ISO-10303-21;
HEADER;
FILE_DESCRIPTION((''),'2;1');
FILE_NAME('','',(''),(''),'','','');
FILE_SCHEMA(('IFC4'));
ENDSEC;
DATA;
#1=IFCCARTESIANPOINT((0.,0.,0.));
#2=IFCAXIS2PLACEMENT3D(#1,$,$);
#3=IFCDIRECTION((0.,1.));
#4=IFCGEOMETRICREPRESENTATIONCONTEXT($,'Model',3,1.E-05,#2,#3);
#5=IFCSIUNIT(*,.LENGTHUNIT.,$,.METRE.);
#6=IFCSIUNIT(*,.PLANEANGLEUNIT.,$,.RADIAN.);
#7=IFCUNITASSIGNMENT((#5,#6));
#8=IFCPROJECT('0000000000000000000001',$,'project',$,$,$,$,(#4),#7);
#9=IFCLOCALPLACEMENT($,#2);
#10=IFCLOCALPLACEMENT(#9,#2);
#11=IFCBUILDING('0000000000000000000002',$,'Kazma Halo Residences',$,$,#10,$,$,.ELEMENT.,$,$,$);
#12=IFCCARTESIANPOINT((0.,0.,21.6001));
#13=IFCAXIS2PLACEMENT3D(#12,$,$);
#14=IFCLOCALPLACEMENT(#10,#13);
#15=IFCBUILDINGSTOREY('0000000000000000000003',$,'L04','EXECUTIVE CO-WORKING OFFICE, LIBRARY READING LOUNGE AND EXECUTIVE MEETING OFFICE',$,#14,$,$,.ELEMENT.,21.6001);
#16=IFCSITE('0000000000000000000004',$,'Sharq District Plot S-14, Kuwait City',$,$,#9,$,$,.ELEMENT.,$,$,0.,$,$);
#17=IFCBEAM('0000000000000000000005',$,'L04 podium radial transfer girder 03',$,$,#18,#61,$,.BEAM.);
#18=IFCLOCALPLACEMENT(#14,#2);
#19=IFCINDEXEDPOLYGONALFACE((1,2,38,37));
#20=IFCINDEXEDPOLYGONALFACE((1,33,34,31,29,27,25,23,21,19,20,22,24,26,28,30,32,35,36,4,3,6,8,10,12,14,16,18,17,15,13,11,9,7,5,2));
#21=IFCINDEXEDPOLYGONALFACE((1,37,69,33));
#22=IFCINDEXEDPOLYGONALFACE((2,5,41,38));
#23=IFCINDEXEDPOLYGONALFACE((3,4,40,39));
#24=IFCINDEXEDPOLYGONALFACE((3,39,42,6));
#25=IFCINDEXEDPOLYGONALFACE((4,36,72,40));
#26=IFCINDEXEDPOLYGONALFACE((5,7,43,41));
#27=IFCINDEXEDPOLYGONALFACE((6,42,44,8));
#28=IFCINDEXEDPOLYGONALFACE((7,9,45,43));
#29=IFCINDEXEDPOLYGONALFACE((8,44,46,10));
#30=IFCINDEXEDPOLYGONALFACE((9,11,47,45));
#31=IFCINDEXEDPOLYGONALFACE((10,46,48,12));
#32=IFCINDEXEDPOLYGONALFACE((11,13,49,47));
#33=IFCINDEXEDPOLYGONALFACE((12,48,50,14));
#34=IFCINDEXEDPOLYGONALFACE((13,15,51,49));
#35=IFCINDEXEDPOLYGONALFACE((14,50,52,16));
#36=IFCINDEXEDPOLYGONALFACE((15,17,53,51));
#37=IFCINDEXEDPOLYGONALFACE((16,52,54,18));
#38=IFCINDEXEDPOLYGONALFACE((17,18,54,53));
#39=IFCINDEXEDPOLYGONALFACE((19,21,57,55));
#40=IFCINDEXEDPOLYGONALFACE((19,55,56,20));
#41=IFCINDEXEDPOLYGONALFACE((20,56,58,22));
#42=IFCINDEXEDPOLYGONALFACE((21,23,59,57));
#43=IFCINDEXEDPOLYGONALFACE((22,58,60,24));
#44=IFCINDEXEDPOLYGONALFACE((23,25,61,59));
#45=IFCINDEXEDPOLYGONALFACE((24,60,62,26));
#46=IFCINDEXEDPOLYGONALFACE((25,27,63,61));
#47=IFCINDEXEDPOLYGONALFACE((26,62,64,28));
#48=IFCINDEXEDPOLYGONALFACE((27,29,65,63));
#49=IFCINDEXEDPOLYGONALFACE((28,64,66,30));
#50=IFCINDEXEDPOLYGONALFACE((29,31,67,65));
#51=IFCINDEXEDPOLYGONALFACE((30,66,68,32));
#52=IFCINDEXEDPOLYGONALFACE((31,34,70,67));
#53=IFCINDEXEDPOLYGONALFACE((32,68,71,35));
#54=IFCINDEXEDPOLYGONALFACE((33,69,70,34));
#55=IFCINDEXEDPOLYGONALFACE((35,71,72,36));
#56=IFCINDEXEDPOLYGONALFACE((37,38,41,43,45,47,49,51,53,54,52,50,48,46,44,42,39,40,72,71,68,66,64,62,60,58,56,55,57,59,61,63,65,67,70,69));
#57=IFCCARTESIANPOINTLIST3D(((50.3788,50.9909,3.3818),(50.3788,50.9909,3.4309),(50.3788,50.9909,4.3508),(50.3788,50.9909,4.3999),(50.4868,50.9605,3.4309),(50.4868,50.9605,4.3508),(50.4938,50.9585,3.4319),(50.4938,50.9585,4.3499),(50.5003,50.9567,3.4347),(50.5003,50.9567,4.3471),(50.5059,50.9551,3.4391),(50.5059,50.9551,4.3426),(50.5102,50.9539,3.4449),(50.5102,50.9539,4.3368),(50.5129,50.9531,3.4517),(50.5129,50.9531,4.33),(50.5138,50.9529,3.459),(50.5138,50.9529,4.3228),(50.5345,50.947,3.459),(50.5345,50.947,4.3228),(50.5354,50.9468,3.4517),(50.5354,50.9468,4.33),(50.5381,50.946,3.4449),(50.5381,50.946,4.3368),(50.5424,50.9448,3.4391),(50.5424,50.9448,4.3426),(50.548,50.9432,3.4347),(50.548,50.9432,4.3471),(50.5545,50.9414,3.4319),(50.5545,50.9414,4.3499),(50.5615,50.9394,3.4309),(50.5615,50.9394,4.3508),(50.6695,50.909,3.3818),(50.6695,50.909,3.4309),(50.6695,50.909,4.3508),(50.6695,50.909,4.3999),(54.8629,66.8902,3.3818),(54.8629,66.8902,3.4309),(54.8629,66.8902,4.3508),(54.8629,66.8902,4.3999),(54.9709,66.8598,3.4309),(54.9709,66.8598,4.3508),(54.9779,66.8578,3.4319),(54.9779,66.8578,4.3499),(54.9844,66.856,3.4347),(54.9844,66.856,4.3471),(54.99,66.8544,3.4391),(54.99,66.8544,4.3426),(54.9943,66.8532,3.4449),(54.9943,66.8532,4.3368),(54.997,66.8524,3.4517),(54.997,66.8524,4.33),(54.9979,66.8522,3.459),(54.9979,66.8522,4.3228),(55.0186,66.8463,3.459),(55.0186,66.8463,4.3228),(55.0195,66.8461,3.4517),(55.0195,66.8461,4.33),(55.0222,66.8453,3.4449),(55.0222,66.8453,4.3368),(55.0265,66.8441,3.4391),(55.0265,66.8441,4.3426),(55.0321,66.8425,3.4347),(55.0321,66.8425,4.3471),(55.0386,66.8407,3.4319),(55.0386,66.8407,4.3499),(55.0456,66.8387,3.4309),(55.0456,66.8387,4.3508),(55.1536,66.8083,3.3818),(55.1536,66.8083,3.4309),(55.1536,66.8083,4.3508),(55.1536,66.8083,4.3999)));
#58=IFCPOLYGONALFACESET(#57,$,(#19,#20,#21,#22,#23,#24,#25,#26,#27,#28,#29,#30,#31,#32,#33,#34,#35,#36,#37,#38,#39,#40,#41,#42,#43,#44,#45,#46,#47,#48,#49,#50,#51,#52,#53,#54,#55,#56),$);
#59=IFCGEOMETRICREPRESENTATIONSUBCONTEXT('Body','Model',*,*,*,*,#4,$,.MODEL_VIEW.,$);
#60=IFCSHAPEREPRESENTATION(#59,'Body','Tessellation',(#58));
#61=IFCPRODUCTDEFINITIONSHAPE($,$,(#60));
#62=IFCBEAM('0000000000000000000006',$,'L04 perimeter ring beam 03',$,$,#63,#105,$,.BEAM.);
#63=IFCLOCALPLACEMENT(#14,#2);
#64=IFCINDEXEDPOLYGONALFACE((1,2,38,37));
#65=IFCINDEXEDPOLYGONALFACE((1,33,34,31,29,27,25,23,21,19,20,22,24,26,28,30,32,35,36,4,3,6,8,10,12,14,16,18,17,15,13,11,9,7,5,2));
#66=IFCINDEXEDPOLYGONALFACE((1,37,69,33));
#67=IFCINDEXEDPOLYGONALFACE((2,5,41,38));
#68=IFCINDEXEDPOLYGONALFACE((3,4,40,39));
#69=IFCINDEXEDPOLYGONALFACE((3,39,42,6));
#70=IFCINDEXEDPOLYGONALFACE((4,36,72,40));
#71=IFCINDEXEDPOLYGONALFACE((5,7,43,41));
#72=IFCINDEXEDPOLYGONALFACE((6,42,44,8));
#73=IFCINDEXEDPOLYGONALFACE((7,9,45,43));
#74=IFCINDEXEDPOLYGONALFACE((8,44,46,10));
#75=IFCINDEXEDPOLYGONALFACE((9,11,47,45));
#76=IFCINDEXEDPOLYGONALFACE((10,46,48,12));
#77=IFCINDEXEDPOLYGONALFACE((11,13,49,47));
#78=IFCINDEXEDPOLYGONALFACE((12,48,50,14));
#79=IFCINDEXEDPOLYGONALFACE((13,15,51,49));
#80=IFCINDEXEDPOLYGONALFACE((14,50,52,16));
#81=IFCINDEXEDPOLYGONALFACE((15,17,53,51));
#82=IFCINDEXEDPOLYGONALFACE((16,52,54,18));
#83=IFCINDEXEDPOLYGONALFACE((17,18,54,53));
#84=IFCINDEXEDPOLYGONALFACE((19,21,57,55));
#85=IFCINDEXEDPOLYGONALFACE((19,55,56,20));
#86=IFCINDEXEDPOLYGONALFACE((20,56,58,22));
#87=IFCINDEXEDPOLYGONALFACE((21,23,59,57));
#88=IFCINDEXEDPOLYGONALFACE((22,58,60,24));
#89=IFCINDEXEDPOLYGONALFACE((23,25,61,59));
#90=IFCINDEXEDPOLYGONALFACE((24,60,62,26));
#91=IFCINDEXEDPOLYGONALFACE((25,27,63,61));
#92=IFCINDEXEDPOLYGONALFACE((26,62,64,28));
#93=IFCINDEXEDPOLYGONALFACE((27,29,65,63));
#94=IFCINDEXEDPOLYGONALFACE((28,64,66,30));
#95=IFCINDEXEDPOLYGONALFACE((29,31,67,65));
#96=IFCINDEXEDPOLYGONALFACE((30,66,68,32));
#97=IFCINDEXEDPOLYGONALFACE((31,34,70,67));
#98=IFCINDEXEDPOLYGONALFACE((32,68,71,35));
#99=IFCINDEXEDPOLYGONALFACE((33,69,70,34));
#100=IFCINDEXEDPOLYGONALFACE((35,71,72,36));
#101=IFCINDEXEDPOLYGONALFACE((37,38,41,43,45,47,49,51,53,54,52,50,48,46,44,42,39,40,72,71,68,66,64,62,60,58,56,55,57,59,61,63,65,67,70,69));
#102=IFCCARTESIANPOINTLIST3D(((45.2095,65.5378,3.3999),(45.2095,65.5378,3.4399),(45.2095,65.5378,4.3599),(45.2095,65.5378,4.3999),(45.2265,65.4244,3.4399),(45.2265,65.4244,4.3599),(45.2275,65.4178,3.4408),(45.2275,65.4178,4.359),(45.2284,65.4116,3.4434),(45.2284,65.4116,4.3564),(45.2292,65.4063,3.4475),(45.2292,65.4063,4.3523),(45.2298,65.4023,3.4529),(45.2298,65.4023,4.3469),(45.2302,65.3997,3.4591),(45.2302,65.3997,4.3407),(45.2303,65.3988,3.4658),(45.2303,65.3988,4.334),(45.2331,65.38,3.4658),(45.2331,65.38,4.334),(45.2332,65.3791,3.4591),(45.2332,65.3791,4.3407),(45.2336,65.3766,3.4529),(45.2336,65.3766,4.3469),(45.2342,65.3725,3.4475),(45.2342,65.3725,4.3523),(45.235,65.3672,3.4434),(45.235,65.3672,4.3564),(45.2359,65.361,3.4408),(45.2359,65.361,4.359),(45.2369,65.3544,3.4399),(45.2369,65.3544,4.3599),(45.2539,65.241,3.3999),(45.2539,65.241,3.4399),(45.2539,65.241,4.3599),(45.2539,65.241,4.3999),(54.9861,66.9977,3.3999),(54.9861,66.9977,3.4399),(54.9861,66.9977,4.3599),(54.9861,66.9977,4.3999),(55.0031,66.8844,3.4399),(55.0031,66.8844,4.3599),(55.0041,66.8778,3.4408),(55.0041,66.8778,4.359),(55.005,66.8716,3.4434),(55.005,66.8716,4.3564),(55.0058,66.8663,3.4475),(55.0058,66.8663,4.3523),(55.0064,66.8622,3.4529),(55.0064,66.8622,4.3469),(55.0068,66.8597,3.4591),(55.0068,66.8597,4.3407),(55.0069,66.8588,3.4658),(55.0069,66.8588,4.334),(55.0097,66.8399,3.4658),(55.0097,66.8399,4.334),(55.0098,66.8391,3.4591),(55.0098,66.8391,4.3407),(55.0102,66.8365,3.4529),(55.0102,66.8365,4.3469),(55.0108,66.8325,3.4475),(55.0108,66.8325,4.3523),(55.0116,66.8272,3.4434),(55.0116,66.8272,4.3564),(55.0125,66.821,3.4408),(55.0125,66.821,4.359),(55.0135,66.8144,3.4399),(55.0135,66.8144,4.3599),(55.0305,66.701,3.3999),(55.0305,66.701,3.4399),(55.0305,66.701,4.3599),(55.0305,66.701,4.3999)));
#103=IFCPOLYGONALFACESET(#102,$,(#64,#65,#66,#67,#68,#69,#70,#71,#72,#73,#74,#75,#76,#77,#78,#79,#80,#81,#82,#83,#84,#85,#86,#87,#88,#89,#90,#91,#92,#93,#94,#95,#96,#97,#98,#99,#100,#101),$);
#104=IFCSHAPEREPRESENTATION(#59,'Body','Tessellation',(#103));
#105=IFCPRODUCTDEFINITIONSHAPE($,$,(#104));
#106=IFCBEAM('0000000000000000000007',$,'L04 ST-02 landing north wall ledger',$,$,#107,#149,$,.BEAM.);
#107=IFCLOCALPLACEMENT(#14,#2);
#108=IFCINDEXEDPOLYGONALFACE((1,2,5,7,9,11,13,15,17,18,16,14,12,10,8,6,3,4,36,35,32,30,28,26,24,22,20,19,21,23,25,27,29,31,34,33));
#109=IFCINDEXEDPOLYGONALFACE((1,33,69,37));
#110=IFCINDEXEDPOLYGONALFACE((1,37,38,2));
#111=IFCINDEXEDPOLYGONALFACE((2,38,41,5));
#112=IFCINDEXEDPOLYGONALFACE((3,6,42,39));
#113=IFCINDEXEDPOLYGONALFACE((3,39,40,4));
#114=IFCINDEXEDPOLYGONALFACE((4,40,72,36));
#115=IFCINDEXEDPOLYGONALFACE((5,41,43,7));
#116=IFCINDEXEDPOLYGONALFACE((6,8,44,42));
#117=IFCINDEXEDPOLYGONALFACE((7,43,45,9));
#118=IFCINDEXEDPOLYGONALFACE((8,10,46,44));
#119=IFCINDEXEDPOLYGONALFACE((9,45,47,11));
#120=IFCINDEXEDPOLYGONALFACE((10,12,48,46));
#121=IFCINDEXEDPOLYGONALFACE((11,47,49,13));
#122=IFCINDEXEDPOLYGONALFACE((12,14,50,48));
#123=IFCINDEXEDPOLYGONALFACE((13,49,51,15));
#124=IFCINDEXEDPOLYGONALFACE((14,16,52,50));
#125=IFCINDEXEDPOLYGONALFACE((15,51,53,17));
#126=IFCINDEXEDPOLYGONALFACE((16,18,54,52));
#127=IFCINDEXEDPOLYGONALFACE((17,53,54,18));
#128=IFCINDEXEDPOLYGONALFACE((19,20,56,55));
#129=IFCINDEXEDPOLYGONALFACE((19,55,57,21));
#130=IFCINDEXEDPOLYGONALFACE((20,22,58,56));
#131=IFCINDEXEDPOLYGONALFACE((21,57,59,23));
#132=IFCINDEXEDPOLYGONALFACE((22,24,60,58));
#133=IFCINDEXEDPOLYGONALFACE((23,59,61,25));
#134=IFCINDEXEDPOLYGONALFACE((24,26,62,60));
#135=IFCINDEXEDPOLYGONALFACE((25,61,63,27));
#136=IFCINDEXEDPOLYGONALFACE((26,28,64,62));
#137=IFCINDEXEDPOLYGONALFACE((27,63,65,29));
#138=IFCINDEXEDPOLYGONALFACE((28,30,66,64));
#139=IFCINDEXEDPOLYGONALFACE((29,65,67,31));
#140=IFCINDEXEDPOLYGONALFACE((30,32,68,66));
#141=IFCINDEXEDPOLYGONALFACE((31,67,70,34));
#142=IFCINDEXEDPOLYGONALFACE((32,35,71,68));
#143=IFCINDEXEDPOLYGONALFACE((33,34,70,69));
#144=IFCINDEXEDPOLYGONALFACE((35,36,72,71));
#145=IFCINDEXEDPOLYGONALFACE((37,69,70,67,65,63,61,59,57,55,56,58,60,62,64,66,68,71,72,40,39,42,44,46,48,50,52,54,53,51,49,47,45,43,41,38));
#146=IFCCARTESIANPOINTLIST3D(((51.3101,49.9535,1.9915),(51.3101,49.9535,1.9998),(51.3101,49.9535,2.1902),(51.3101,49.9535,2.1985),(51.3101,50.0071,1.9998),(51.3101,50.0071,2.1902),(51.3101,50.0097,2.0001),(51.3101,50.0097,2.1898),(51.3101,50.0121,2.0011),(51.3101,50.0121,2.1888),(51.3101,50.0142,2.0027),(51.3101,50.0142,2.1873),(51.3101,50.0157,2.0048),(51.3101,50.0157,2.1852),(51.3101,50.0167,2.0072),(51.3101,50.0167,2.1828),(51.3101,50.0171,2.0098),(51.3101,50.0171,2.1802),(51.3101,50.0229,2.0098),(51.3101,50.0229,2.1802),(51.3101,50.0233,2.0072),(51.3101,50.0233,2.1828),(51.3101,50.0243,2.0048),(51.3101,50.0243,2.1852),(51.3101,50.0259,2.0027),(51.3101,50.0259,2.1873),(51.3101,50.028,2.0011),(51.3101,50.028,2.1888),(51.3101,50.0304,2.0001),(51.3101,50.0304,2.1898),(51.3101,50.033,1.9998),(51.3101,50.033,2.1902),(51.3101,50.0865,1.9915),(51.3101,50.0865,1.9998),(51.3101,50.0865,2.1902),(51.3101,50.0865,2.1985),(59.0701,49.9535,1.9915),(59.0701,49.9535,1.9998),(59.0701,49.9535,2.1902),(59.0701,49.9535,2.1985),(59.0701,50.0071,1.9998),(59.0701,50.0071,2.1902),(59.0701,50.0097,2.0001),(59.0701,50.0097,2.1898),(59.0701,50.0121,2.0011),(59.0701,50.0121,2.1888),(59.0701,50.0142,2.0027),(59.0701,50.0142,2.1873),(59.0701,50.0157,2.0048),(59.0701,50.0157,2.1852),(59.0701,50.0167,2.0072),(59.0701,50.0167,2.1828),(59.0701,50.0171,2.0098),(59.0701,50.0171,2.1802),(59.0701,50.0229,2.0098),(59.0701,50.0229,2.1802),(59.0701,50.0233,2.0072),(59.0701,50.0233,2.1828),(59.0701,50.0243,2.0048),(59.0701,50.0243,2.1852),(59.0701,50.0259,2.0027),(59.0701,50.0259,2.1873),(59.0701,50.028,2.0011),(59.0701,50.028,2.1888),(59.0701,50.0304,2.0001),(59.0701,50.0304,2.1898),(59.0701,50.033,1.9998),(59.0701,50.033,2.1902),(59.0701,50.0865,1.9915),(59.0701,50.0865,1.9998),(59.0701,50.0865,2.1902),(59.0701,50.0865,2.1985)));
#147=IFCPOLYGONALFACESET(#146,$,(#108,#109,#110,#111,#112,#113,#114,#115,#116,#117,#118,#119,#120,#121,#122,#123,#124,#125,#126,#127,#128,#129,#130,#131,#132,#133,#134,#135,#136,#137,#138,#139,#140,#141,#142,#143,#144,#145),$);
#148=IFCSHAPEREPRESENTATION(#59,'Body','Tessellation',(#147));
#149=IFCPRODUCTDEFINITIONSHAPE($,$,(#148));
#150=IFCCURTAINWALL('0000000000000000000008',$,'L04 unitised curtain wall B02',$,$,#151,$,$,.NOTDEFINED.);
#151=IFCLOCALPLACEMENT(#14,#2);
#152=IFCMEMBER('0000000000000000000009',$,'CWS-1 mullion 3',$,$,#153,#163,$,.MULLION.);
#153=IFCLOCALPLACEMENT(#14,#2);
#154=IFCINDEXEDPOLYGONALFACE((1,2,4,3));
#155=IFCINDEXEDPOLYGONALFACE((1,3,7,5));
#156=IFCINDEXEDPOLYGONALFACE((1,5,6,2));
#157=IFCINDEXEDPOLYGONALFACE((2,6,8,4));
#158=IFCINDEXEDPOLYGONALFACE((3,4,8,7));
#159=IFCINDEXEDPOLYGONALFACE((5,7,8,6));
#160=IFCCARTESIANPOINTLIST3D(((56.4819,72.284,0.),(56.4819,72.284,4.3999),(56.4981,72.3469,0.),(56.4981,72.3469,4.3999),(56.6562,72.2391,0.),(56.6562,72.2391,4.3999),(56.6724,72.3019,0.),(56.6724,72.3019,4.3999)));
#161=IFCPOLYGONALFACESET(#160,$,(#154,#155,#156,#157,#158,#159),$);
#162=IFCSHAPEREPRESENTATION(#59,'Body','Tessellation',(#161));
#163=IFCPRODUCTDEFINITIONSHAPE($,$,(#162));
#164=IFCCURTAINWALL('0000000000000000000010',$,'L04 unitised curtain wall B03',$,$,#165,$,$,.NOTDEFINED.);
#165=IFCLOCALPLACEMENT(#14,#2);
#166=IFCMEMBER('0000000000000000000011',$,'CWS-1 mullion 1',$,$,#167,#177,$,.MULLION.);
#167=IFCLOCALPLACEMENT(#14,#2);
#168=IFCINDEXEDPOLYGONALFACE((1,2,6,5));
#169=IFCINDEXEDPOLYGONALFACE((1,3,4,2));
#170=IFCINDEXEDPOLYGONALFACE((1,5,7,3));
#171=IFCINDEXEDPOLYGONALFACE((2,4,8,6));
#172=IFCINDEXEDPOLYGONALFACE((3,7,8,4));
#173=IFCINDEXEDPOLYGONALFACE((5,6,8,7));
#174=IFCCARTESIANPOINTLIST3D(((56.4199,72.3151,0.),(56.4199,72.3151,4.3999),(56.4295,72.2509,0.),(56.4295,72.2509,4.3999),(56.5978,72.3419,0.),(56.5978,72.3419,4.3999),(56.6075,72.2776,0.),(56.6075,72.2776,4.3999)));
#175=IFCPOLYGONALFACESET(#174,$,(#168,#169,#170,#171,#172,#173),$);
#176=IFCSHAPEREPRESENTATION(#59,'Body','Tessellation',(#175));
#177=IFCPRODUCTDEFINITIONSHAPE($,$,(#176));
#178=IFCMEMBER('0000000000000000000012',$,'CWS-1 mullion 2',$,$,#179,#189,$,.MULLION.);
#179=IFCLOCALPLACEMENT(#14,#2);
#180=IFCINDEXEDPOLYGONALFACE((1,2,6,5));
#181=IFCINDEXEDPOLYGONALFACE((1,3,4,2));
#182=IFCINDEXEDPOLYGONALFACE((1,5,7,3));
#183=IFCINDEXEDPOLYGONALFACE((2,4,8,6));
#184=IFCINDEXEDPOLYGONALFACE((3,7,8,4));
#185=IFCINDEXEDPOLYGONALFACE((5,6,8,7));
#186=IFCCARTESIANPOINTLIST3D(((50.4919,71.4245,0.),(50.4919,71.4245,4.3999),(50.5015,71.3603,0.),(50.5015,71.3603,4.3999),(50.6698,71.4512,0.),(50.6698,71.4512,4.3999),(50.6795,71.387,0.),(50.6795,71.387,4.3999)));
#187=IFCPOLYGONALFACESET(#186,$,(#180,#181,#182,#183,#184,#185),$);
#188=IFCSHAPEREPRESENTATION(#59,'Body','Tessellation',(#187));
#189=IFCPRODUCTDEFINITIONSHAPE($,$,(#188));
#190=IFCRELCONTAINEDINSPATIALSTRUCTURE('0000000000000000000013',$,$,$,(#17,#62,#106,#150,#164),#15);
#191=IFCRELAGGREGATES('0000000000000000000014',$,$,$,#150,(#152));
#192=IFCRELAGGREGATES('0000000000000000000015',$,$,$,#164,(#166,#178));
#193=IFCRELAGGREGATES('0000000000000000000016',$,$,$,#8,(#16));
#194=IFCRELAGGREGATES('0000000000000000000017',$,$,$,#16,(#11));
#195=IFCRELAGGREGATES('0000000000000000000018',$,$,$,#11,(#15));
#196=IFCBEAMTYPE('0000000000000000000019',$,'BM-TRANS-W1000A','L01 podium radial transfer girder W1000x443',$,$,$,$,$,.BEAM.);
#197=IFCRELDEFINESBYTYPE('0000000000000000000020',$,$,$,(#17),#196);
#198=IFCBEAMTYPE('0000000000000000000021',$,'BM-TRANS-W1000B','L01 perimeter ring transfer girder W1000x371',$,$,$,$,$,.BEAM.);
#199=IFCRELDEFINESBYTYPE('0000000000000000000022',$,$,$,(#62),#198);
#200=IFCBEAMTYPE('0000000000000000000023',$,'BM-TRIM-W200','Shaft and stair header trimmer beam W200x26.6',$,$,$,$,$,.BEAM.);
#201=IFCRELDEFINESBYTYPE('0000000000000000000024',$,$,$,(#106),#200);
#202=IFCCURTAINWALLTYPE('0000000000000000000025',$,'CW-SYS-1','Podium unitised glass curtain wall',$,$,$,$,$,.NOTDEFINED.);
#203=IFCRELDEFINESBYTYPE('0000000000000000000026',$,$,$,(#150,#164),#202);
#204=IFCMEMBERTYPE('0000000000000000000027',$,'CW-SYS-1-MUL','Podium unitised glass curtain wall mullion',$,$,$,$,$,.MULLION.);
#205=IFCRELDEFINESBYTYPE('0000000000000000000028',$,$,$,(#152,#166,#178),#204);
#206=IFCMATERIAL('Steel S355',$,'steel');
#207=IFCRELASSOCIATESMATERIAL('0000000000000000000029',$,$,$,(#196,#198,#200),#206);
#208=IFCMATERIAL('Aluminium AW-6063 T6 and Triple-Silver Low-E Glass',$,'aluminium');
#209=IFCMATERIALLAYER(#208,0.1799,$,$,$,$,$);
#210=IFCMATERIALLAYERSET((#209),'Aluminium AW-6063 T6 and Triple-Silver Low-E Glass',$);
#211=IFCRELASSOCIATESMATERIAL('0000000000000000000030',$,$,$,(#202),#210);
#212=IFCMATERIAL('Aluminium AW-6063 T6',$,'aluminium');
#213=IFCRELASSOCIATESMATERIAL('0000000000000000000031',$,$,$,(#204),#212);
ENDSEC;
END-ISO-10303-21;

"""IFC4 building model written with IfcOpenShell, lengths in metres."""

from ifc_helpers import new_model, si_unit, direction, frame, origin, origin_2d, place, context, subcontext, project, spatial, rectangle, i_section, extrude, material, layer, layer_set, material_profile, profile_set, type_object, element, aggregate, save


model = new_model("IFC4")

# Units and contexts
model_context = context("Model", 3, precision=1e-05, world=origin(), true_north=direction((0.0, 1.0)))
body_context = subcontext(model_context, "Body", "Model", "MODEL_VIEW")
ifc_project = project(units=[si_unit("LENGTHUNIT", "METRE"), si_unit("PLANEANGLEUNIT", "RADIAN")], contexts=[model_context])

# Site, building, storey
site_placement = place(None, origin())
site = spatial("IfcSite", under=ifc_project, at=site_placement, Name="Sharq District Plot S-14, Kuwait City", CompositionType="ELEMENT", RefElevation=0.0)
building_placement = place(site_placement, origin())
building = spatial("IfcBuilding", under=site, at=building_placement, Name="Kazma Halo Residences", CompositionType="ELEMENT")
storey_placement = place(building_placement, frame((0.0, 0.0, 21.6001)))
storey = spatial("IfcBuildingStorey", under=building, at=storey_placement, Name="L04", Description="EXECUTIVE CO-WORKING OFFICE, LIBRARY READING LOUNGE AND EXECUTIVE MEETING OFFICE", CompositionType="ELEMENT", Elevation=21.6001)

# Beams
ifc_material_1 = material(Name="Steel S355", Category="steel")
ifc_material_profile_1 = material_profile(ifc_material_1, i_section(OverallWidth=0.302, OverallDepth=1.0181, WebThickness=0.0215, FlangeThickness=0.0491, FilletRadius=0.0281, at=origin_2d()), Name="W1000x443")
ifc_profile_set_1 = profile_set([ifc_material_profile_1], Name="Steel S355")
beam_type_1 = type_object("IfcBeamType", Name="BM-TRANS-W1000A", Description="L01 podium radial transfer girder W1000x443", PredefinedType="BEAM", material=ifc_profile_set_1)
beam_1_placement = place(storey_placement, frame((50.5242, 50.95, 3.8909), z_axis=(0.271442, 0.962455, 0.0), x_axis=(-0.962455, 0.271442, 0.0)))
element("IfcBeam", 1, at=beam_1_placement, inside=storey, type_object=beam_type_1, Name="L04 podium radial transfer girder 03", PredefinedType="BEAM", context=body_context, shape_type="SweptSolid", body=[
    extrude(i_section(OverallWidth=0.302, OverallDepth=1.0181, WebThickness=0.0215, FlangeThickness=0.0491, FilletRadius=0.0281, at=origin_2d()), origin(), (0.0, 0.0, 1.0), 16.5195),
])
ifc_material_profile_2 = material_profile(ifc_material_1, i_section(OverallWidth=0.3, OverallDepth=1.0, WebThickness=0.019, FlangeThickness=0.04, FilletRadius=0.0259, at=origin_2d()), Name="W1000x371")
ifc_profile_set_2 = profile_set([ifc_material_profile_2], Name="Steel S355")
beam_type_2 = type_object("IfcBeamType", Name="BM-TRANS-W1000B", Description="L01 perimeter ring transfer girder W1000x371", PredefinedType="BEAM", material=ifc_profile_set_2)
beam_2_placement = place(storey_placement, frame((55.0083, 66.8494, 3.8999), z_axis=(-0.989033, -0.147694, 0.0), x_axis=(0.147694, -0.989033, 0.0)))
element("IfcBeam", 2, at=beam_2_placement, inside=storey, type_object=beam_type_2, Name="L04 perimeter ring beam 03", PredefinedType="BEAM", context=body_context, shape_type="SweptSolid", body=[
    extrude(i_section(OverallWidth=0.3, OverallDepth=1.0, WebThickness=0.019, FlangeThickness=0.04, FilletRadius=0.0259, at=origin_2d()), origin(), (0.0, 0.0, 1.0), 9.885),
])
ifc_material_profile_3 = material_profile(ifc_material_1, i_section(OverallWidth=0.1331, OverallDepth=0.207, WebThickness=0.0059, FlangeThickness=0.0083, FilletRadius=0.01, at=origin_2d()), Name="W200x26.6")
ifc_profile_set_3 = profile_set([ifc_material_profile_3], Name="Steel S355")
beam_type_3 = type_object("IfcBeamType", Name="BM-TRIM-W200", Description="Shaft and stair header trimmer beam W200x26.6", PredefinedType="BEAM", material=ifc_profile_set_3)
beam_3_placement = place(storey_placement, frame((51.3101, 50.02, 2.095), z_axis=(1.0, 0.0, 0.0), x_axis=(0.0, 1.0, 0.0)))
element("IfcBeam", 3, at=beam_3_placement, inside=storey, type_object=beam_type_3, Name="L04 ST-02 landing north wall ledger", PredefinedType="BEAM", context=body_context, shape_type="SweptSolid", body=[
    extrude(i_section(OverallWidth=0.1331, OverallDepth=0.207, WebThickness=0.0059, FlangeThickness=0.0083, FilletRadius=0.01, at=origin_2d()), origin(), (0.0, 0.0, 1.0), 7.76),
])

# Curtain wall, member
ifc_material_2 = material(Name="Aluminium AW-6063 T6 and Triple-Silver Low-E Glass", Category="aluminium")
ifc_layer_1 = layer(ifc_material_2, 0.1799)
ifc_layer_set_1 = layer_set([ifc_layer_1], Name="Aluminium AW-6063 T6 and Triple-Silver Low-E Glass")
curtain_wall_type = type_object("IfcCurtainWallType", Name="CW-SYS-1", Description="Podium unitised glass curtain wall", PredefinedType="NOTDEFINED", material=ifc_layer_set_1)
curtain_wall_1_placement = place(storey_placement, origin())
curtain_wall_1 = element("IfcCurtainWall", 4, at=curtain_wall_1_placement, inside=storey, type_object=curtain_wall_type, Name="L04 unitised curtain wall B02", PredefinedType="NOTDEFINED")
ifc_material_3 = material(Name="Aluminium AW-6063 T6", Category="aluminium")
ifc_material_profile_4 = material_profile(ifc_material_3, rectangle(XDim=0.0649, YDim=0.1799, at=origin_2d()), Name="CWM-65x180")
ifc_profile_set_4 = profile_set([ifc_material_profile_4], Name="Aluminium AW-6063 T6")
member_type_1 = type_object("IfcMemberType", Name="CW-SYS-1-MUL", Description="Podium unitised glass curtain wall mullion", PredefinedType="MULLION", material=ifc_profile_set_4)
member_1_placement = place(storey_placement, frame((56.5771, 72.293, 0.0), z_axis=(0.0, 0.0, 1.0), x_axis=(-0.249727, -0.968316, 0.0)))
member_1 = element("IfcMember", 5, at=member_1_placement, type_object=member_type_1, Name="CWS-1 mullion 3", PredefinedType="MULLION", context=body_context, shape_type="SweptSolid", body=[
    extrude(rectangle(XDim=0.0649, YDim=0.1799, at=origin_2d()), origin(), (0.0, 0.0, 1.0), 4.3999),
])

# Curtain wall, members
curtain_wall_2_placement = place(storey_placement, origin())
curtain_wall_2 = element("IfcCurtainWall", 6, at=curtain_wall_2_placement, inside=storey, type_object=curtain_wall_type, Name="L04 unitised curtain wall B03", PredefinedType="NOTDEFINED")
member_2_placement = place(storey_placement, frame((56.5137, 72.2964, 0.0), z_axis=(0.0, 0.0, 1.0), x_axis=(0.148549, -0.988905, 0.0)))
member_2 = element("IfcMember", 7, at=member_2_placement, type_object=member_type_1, Name="CWS-1 mullion 1", PredefinedType="MULLION", context=body_context, shape_type="SweptSolid", body=[
    extrude(rectangle(XDim=0.0649, YDim=0.1799, at=origin_2d()), origin(), (0.0, 0.0, 1.0), 4.3999),
])
member_3_placement = place(storey_placement, frame((50.5857, 71.4058, 0.0), z_axis=(0.0, 0.0, 1.0), x_axis=(0.148549, -0.988905, 0.0)))
member_3 = element("IfcMember", 8, at=member_3_placement, type_object=member_type_1, Name="CWS-1 mullion 2", PredefinedType="MULLION", context=body_context, shape_type="SweptSolid", body=[
    extrude(rectangle(XDim=0.0649, YDim=0.1799, at=origin_2d()), origin(), (0.0, 0.0, 1.0), 4.3999),
])

aggregate(curtain_wall_1, [member_1])
aggregate(curtain_wall_2, [member_2, member_3])

save(model, "model.ifc")
